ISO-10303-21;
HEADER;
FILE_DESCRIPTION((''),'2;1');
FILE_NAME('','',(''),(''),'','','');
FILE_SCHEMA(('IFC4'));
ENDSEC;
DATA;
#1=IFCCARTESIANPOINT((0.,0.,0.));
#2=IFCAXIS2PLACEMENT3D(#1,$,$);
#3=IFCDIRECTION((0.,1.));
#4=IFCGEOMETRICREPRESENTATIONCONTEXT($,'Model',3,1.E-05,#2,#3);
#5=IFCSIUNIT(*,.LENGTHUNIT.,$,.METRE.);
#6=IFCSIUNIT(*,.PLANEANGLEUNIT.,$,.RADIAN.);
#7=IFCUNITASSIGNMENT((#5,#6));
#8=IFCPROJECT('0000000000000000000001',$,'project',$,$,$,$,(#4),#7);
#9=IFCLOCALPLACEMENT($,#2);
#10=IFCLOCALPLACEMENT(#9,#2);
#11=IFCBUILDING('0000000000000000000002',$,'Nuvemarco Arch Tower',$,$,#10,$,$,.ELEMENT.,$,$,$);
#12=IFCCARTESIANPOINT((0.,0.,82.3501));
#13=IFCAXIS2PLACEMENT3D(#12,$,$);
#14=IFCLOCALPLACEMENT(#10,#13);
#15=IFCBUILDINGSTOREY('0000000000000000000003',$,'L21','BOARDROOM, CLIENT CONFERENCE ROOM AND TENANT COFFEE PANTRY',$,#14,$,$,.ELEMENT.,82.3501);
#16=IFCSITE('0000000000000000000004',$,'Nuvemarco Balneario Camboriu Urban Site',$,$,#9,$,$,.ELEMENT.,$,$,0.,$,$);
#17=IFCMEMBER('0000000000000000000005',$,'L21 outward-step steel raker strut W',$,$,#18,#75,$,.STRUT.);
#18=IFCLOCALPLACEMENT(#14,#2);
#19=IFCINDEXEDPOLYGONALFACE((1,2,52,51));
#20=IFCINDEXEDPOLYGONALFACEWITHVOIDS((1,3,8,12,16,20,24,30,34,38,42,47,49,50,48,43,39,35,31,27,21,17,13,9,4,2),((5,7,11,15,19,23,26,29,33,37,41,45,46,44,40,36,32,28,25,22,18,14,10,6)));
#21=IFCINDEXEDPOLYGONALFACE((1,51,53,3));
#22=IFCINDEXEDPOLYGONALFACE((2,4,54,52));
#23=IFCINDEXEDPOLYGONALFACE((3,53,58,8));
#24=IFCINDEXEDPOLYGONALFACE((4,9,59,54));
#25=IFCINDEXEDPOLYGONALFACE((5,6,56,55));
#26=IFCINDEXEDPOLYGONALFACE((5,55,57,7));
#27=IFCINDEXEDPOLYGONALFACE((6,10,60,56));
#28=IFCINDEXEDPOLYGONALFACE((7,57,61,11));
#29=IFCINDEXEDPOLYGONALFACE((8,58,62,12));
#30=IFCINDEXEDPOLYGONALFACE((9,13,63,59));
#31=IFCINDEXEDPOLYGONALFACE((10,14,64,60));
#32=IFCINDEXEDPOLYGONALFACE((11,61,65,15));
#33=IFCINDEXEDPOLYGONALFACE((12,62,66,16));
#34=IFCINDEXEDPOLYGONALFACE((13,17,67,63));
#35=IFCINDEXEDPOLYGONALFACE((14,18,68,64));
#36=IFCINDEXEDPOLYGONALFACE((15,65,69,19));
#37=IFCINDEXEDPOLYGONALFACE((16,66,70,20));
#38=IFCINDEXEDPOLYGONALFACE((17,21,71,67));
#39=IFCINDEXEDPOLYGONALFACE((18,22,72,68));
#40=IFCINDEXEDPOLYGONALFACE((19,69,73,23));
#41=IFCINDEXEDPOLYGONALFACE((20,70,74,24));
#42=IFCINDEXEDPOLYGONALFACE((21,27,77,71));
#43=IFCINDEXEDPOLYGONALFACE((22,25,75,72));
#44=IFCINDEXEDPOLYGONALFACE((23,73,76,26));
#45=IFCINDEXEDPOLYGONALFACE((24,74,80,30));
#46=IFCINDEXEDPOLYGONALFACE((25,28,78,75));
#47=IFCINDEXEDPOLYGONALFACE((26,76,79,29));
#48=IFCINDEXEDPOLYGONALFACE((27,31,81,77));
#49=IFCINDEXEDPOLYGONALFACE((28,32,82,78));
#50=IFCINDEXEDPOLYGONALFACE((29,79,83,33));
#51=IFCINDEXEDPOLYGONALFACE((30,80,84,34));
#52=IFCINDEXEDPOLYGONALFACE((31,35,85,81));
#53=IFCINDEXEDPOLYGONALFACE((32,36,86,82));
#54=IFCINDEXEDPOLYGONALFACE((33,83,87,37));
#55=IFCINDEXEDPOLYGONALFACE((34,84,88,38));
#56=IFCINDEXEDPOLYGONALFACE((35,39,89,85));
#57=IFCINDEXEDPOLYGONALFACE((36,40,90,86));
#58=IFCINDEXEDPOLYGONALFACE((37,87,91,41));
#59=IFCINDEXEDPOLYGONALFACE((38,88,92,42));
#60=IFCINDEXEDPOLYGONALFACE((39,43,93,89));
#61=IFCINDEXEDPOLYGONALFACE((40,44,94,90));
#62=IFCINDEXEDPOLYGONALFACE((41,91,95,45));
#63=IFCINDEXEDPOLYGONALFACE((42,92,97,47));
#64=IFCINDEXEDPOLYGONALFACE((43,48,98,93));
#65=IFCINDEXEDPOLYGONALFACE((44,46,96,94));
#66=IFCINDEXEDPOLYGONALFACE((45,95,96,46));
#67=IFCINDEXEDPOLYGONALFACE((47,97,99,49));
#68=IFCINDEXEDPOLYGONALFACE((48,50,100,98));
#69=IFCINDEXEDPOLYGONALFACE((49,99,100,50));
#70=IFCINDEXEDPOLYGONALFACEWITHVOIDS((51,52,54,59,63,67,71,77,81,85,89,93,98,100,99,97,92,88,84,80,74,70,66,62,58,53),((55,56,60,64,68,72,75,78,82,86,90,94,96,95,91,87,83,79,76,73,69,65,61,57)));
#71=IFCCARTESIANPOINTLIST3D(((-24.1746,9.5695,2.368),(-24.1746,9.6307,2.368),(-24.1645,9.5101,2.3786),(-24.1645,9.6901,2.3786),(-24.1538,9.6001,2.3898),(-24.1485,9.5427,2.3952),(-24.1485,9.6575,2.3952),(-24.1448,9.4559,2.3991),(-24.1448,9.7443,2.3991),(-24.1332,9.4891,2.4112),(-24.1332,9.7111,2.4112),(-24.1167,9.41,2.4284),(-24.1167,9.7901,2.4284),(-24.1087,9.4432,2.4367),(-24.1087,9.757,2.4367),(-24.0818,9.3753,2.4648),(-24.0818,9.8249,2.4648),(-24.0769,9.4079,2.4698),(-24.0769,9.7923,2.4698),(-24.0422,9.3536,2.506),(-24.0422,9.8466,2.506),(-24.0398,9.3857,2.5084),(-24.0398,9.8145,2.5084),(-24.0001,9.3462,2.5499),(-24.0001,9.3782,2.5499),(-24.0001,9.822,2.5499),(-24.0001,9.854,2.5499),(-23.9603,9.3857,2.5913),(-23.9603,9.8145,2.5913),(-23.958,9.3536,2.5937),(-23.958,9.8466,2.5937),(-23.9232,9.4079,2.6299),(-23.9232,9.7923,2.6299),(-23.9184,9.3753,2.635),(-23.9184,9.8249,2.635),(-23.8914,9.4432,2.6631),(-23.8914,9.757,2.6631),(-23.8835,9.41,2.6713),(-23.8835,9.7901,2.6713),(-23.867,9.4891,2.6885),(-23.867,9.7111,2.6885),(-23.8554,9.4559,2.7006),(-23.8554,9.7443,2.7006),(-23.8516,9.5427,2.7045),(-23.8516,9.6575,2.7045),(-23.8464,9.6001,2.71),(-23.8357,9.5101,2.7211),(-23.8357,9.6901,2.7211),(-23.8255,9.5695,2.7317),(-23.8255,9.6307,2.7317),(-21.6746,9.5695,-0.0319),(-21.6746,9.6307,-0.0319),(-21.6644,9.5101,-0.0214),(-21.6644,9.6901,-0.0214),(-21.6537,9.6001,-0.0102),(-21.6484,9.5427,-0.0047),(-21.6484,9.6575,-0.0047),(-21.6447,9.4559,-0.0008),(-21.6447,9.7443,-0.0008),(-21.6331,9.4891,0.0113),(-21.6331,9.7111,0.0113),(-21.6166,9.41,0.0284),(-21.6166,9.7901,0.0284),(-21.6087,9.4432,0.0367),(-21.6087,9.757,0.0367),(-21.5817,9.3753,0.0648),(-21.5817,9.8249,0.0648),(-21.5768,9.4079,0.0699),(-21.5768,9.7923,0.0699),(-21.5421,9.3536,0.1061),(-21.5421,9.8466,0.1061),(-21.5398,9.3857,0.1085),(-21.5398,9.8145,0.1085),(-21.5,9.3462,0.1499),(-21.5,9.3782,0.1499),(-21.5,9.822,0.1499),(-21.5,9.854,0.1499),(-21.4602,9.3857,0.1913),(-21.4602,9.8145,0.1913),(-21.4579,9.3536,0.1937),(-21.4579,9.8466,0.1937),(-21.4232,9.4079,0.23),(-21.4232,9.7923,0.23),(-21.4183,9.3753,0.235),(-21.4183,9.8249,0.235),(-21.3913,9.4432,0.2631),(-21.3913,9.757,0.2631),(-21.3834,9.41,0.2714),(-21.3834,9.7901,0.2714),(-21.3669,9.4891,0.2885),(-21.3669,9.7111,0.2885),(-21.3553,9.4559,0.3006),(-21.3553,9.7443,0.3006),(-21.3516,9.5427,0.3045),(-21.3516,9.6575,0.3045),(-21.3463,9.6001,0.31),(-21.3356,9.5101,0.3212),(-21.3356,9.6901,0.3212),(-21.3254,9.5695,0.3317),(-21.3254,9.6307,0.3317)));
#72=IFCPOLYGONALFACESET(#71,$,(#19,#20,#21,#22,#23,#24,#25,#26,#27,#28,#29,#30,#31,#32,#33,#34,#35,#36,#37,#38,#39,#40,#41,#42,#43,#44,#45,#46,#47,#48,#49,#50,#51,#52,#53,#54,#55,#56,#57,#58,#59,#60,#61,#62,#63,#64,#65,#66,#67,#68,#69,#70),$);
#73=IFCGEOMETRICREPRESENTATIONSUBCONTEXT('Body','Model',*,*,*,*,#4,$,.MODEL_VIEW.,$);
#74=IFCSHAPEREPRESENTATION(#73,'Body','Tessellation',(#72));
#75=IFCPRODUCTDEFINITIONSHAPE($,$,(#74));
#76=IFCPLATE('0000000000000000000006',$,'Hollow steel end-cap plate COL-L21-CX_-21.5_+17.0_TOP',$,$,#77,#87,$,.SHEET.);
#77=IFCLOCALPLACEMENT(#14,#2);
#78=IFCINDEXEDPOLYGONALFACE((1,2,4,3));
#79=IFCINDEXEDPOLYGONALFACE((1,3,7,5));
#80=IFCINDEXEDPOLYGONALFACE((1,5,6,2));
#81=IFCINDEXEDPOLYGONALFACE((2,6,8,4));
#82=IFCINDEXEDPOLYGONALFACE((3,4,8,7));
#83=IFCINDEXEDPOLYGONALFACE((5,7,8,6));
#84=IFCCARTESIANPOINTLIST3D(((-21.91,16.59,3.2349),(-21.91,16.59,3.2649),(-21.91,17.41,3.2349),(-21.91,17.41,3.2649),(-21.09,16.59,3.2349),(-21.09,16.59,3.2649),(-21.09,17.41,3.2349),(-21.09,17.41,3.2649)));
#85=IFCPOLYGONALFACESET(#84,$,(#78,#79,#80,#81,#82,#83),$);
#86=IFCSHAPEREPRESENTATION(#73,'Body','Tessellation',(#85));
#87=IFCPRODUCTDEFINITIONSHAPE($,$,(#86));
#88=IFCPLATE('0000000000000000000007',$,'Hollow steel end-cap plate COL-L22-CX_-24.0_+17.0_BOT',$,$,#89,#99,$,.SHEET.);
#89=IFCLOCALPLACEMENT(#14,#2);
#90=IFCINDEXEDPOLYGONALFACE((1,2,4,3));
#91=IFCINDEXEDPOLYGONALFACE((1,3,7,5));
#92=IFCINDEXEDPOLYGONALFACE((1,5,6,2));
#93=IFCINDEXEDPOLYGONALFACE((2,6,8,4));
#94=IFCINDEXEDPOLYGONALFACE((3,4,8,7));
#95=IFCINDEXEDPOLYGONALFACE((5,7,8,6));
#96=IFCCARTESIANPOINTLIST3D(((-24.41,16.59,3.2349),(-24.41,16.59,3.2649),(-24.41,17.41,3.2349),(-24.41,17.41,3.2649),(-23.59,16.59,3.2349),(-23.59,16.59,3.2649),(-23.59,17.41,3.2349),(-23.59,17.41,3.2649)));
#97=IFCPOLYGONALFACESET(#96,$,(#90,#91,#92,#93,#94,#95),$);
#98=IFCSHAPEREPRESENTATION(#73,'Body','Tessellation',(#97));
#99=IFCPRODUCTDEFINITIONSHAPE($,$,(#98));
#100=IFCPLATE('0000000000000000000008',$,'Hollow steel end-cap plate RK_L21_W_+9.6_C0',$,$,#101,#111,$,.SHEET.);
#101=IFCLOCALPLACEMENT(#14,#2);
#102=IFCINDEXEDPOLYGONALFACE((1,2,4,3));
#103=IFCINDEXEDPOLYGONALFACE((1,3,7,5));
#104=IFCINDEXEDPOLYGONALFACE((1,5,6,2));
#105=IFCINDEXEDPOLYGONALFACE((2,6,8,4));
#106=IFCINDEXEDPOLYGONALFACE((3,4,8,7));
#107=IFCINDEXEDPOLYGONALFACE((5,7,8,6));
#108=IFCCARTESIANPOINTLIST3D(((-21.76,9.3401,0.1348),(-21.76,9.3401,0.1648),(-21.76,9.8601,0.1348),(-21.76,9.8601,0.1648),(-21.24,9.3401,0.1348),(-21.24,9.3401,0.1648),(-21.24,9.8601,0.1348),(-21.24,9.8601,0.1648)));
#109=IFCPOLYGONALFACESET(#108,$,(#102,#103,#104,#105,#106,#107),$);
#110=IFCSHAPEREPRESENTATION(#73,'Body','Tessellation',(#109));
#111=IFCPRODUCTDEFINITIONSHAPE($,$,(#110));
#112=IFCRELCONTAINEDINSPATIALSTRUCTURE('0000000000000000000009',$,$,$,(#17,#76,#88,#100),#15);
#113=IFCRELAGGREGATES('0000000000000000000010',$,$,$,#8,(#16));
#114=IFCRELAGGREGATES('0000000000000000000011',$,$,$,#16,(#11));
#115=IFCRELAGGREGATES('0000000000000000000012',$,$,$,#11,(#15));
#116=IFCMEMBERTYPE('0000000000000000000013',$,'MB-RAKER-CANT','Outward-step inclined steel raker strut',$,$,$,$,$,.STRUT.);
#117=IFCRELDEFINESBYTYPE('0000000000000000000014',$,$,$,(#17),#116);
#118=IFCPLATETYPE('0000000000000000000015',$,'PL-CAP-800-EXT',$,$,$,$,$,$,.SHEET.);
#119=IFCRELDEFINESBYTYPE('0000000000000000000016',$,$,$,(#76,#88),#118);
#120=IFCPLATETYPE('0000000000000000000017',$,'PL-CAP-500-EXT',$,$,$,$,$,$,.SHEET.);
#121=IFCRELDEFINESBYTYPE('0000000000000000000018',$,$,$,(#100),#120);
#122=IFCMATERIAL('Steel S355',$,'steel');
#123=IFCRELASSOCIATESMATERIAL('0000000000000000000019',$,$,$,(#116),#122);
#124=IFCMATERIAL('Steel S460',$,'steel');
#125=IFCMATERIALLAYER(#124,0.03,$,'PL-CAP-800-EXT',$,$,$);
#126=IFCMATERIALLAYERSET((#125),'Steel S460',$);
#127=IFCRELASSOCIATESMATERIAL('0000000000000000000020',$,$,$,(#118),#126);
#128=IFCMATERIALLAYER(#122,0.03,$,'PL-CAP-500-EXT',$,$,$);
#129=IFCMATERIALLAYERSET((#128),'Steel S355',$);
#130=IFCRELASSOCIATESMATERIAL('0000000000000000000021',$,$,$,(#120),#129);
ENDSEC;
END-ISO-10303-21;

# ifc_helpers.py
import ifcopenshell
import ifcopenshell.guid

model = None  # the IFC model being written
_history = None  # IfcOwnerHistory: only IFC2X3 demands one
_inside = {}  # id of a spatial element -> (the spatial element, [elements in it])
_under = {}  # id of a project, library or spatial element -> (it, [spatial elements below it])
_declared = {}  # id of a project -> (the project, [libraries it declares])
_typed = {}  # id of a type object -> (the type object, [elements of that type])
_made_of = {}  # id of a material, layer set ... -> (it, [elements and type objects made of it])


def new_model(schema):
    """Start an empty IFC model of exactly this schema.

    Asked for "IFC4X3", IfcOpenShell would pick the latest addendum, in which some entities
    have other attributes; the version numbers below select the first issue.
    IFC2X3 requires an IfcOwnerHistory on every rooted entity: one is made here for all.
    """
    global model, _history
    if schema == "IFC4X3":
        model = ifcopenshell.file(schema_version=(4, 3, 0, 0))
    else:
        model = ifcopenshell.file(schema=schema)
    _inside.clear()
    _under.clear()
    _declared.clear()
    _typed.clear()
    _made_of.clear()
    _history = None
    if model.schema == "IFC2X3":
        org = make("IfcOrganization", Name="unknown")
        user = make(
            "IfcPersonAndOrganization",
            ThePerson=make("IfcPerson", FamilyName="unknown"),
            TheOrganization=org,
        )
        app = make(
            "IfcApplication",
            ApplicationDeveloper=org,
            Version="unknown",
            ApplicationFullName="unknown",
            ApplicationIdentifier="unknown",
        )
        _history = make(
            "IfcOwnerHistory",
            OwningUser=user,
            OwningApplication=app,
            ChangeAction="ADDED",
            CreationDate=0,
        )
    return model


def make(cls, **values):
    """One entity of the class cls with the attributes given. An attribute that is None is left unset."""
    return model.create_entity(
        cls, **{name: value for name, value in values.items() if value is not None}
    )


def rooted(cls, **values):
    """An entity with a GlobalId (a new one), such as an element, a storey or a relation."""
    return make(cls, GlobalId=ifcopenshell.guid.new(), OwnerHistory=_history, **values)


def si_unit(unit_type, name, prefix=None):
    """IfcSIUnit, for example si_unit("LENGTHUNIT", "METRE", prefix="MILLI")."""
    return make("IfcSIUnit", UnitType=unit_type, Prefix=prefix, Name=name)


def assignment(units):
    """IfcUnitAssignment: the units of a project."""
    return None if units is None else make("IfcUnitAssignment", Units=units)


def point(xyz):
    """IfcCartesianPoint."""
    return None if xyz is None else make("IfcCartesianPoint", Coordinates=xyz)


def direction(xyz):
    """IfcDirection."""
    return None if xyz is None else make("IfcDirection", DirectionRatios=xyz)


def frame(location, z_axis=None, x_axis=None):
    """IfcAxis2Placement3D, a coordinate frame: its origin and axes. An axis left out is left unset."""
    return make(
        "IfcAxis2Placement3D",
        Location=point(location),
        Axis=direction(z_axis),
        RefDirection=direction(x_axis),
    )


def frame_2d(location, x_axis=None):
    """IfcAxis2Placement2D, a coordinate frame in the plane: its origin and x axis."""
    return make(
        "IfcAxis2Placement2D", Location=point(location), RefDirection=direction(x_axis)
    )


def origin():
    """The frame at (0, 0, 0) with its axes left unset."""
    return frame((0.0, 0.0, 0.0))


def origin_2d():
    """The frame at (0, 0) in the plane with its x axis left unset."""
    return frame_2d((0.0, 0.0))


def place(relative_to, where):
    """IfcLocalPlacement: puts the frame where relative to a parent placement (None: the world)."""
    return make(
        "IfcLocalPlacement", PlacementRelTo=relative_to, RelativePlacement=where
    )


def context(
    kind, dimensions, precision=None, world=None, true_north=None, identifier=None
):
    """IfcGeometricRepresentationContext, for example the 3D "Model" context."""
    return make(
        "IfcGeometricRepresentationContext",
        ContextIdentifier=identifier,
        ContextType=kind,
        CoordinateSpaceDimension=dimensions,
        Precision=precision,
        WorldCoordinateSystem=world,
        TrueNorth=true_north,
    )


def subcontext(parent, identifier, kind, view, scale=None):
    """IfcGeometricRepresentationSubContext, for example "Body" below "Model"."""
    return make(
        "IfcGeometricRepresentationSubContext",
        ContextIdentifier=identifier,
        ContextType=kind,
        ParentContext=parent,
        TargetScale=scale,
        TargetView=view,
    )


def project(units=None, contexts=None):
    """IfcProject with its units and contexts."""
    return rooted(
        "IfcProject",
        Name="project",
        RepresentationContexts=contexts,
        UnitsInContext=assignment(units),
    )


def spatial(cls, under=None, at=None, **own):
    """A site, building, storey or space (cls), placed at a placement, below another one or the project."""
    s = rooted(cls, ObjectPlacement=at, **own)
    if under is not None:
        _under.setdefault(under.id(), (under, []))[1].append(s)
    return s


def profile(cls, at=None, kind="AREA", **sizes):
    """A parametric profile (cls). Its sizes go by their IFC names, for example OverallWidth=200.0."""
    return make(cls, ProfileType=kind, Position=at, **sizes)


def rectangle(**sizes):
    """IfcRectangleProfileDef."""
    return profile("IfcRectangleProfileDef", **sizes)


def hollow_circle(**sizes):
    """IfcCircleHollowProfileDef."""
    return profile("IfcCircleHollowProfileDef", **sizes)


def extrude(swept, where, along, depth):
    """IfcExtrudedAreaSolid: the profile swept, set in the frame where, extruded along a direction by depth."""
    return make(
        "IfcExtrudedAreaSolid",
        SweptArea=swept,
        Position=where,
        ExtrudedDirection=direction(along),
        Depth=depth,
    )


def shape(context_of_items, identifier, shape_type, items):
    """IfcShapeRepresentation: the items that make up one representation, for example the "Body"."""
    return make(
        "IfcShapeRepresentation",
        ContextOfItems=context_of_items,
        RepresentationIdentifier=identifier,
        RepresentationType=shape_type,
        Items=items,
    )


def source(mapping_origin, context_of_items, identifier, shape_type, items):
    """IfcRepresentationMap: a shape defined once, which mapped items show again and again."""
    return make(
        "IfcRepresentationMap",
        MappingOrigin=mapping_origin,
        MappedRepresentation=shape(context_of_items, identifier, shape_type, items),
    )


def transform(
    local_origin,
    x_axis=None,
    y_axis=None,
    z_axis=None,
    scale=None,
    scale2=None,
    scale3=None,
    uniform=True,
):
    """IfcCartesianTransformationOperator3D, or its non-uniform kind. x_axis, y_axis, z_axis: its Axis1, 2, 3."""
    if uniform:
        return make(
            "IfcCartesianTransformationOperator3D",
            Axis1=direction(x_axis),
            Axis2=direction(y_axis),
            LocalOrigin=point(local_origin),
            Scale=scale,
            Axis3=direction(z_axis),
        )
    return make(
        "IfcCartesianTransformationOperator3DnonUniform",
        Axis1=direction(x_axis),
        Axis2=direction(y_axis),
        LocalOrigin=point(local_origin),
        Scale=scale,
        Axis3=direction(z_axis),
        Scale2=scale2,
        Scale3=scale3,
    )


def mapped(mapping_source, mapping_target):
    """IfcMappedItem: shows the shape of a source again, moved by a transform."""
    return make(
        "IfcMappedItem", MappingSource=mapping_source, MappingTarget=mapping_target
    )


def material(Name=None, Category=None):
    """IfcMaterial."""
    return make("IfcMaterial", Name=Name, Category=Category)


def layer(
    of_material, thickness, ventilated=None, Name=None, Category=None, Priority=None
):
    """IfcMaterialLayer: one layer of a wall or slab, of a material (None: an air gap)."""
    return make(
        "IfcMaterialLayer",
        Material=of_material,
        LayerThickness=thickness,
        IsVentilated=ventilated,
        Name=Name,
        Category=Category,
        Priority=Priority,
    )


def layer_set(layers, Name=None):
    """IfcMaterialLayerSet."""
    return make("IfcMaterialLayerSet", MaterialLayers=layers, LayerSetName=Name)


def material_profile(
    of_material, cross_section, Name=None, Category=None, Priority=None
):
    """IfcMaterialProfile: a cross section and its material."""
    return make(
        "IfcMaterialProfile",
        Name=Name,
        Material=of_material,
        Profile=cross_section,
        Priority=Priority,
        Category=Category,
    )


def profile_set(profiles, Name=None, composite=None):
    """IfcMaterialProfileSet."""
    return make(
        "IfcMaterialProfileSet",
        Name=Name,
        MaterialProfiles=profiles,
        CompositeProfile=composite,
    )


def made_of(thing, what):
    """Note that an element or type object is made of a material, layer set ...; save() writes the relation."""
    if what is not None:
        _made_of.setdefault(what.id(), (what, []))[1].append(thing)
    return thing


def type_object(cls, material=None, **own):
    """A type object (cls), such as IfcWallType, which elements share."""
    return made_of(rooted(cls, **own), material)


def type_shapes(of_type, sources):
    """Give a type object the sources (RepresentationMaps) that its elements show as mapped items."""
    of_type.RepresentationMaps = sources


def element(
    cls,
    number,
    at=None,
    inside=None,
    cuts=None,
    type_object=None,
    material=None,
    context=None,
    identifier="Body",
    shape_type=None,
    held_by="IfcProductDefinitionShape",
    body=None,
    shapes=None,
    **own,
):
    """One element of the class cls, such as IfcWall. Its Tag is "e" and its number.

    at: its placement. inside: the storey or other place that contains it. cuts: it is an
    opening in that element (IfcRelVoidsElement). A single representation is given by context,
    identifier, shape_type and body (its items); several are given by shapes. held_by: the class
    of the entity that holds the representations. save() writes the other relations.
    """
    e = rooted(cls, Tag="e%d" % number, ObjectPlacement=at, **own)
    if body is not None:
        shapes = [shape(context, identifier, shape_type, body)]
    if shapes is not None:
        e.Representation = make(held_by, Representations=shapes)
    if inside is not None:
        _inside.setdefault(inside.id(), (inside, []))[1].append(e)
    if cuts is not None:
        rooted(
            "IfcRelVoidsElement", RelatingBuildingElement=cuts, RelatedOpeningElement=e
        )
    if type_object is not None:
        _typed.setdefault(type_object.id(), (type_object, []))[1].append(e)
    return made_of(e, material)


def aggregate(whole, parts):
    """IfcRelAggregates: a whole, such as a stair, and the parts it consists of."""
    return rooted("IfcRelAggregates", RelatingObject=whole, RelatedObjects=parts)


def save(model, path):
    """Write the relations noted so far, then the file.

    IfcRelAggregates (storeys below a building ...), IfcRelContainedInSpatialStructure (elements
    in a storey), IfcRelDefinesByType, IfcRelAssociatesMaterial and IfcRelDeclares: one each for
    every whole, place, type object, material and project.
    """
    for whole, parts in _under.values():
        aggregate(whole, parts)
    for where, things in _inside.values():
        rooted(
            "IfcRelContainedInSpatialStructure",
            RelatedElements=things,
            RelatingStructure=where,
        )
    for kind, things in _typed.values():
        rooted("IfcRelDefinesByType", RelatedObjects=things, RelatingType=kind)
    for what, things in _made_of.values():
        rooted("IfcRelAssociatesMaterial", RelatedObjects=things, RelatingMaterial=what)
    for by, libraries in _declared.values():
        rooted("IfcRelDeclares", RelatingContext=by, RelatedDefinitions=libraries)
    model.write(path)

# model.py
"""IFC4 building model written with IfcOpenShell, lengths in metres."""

from ifc_helpers import new_model, si_unit, direction, frame, origin, origin_2d, place, context, subcontext, project, spatial, rectangle, hollow_circle, extrude, source, transform, mapped, material, layer, layer_set, material_profile, profile_set, type_object, type_shapes, element, save


model = new_model("IFC4")

# Units and contexts
model_context = context("Model", 3, precision=1e-05, world=origin(), true_north=direction((0.0, 1.0)))
body_context = subcontext(model_context, "Body", "Model", "MODEL_VIEW")
ifc_project = project(units=[si_unit("LENGTHUNIT", "METRE"), si_unit("PLANEANGLEUNIT", "RADIAN")], contexts=[model_context])

# Site, building, storey
site_placement = place(None, origin())
site = spatial("IfcSite", under=ifc_project, at=site_placement, Name="Nuvemarco Balneario Camboriu Urban Site", CompositionType="ELEMENT", RefElevation=0.0)
building_placement = place(site_placement, origin())
building = spatial("IfcBuilding", under=site, at=building_placement, Name="Nuvemarco Arch Tower", CompositionType="ELEMENT")
storey_placement = place(building_placement, frame((0.0, 0.0, 82.3501)))
storey = spatial("IfcBuildingStorey", under=building, at=storey_placement, Name="L21", Description="BOARDROOM, CLIENT CONFERENCE ROOM AND TENANT COFFEE PANTRY", CompositionType="ELEMENT", Elevation=82.3501)

# Shared definitions
ifc_material_1 = material(Name="Steel S460", Category="steel")
ifc_material_2 = material(Name="Steel S355", Category="steel")

# Member
ifc_material_profile_1 = material_profile(ifc_material_2, hollow_circle(Radius=0.2539, WallThickness=0.032, at=origin_2d()), Name="CHS508x32")
ifc_profile_set_1 = profile_set([ifc_material_profile_1], Name="Steel S355")
member_type = type_object("IfcMemberType", Name="MB-RAKER-CANT", Description="Outward-step inclined steel raker strut", PredefinedType="STRUT", material=ifc_profile_set_1)
member_placement = place(storey_placement, frame((-21.5, 9.6001, 0.1499), z_axis=(-0.721401, 0.0, 0.692517), x_axis=(0.0, -1.0, 0.0)))
element("IfcMember", 1, at=member_placement, inside=storey, type_object=member_type, Name="L21 outward-step steel raker strut W", PredefinedType="STRUT", context=body_context, shape_type="SweptSolid", body=[
    extrude(hollow_circle(Radius=0.2539, WallThickness=0.032, at=origin_2d()), origin(), (0.0, 0.0, 1.0), 3.4656),
])

# Plates
ifc_layer_1 = layer(ifc_material_1, 0.03, Name="PL-CAP-800-EXT")
ifc_layer_set_1 = layer_set([ifc_layer_1], Name="Steel S460")
plate_type_1 = type_object("IfcPlateType", Name="PL-CAP-800-EXT", PredefinedType="SHEET", material=ifc_layer_set_1)
shared_shape_1 = source(origin(), body_context, "Body", "SweptSolid", [
    extrude(rectangle(XDim=0.8201, YDim=0.8201, at=origin_2d()), origin(), (0.0, 0.0, 1.0), 0.03),
])
type_shapes(plate_type_1, [shared_shape_1])
for number, where, z_axis, x_axis, name in (
    (2, (-21.5, 17.0, 3.2349), (0.0, 0.0, 1.0), (1.0, 0.0, 0.0), "Hollow steel end-cap plate COL-L21-CX_-21.5_+17.0_TOP"),
    (3, (-24.0, 17.0, 3.2349), (0.0, 0.0, 1.0), (1.0, 0.0, 0.0), "Hollow steel end-cap plate COL-L22-CX_-24.0_+17.0_BOT"),
):
    element("IfcPlate", number, at=place(storey_placement, frame(where, z_axis=z_axis, x_axis=x_axis)), inside=storey, type_object=plate_type_1, Name=name, PredefinedType="SHEET", context=body_context, shape_type="MappedRepresentation", body=[
        mapped(shared_shape_1, transform((0.0, 0.0, 0.0), scale=1.0)),
    ])
ifc_layer_2 = layer(ifc_material_2, 0.03, Name="PL-CAP-500-EXT")
ifc_layer_set_2 = layer_set([ifc_layer_2], Name="Steel S355")
plate_type_2 = type_object("IfcPlateType", Name="PL-CAP-500-EXT", PredefinedType="SHEET", material=ifc_layer_set_2)
shared_shape_2 = source(origin(), body_context, "Body", "SweptSolid", [
    extrude(rectangle(XDim=0.52, YDim=0.52, at=origin_2d()), origin(), (0.0, 0.0, 1.0), 0.03),
])
type_shapes(plate_type_2, [shared_shape_2])
plate_placement = place(storey_placement, frame((-21.5, 9.6001, 0.1348), z_axis=(0.0, 0.0, 1.0), x_axis=(1.0, 0.0, 0.0)))
element("IfcPlate", 4, at=plate_placement, inside=storey, type_object=plate_type_2, Name="Hollow steel end-cap plate RK_L21_W_+9.6_C0", PredefinedType="SHEET", context=body_context, shape_type="MappedRepresentation", body=[
    mapped(shared_shape_2, transform((0.0, 0.0, 0.0), scale=1.0)),
])

save(model, "model.ifc")
